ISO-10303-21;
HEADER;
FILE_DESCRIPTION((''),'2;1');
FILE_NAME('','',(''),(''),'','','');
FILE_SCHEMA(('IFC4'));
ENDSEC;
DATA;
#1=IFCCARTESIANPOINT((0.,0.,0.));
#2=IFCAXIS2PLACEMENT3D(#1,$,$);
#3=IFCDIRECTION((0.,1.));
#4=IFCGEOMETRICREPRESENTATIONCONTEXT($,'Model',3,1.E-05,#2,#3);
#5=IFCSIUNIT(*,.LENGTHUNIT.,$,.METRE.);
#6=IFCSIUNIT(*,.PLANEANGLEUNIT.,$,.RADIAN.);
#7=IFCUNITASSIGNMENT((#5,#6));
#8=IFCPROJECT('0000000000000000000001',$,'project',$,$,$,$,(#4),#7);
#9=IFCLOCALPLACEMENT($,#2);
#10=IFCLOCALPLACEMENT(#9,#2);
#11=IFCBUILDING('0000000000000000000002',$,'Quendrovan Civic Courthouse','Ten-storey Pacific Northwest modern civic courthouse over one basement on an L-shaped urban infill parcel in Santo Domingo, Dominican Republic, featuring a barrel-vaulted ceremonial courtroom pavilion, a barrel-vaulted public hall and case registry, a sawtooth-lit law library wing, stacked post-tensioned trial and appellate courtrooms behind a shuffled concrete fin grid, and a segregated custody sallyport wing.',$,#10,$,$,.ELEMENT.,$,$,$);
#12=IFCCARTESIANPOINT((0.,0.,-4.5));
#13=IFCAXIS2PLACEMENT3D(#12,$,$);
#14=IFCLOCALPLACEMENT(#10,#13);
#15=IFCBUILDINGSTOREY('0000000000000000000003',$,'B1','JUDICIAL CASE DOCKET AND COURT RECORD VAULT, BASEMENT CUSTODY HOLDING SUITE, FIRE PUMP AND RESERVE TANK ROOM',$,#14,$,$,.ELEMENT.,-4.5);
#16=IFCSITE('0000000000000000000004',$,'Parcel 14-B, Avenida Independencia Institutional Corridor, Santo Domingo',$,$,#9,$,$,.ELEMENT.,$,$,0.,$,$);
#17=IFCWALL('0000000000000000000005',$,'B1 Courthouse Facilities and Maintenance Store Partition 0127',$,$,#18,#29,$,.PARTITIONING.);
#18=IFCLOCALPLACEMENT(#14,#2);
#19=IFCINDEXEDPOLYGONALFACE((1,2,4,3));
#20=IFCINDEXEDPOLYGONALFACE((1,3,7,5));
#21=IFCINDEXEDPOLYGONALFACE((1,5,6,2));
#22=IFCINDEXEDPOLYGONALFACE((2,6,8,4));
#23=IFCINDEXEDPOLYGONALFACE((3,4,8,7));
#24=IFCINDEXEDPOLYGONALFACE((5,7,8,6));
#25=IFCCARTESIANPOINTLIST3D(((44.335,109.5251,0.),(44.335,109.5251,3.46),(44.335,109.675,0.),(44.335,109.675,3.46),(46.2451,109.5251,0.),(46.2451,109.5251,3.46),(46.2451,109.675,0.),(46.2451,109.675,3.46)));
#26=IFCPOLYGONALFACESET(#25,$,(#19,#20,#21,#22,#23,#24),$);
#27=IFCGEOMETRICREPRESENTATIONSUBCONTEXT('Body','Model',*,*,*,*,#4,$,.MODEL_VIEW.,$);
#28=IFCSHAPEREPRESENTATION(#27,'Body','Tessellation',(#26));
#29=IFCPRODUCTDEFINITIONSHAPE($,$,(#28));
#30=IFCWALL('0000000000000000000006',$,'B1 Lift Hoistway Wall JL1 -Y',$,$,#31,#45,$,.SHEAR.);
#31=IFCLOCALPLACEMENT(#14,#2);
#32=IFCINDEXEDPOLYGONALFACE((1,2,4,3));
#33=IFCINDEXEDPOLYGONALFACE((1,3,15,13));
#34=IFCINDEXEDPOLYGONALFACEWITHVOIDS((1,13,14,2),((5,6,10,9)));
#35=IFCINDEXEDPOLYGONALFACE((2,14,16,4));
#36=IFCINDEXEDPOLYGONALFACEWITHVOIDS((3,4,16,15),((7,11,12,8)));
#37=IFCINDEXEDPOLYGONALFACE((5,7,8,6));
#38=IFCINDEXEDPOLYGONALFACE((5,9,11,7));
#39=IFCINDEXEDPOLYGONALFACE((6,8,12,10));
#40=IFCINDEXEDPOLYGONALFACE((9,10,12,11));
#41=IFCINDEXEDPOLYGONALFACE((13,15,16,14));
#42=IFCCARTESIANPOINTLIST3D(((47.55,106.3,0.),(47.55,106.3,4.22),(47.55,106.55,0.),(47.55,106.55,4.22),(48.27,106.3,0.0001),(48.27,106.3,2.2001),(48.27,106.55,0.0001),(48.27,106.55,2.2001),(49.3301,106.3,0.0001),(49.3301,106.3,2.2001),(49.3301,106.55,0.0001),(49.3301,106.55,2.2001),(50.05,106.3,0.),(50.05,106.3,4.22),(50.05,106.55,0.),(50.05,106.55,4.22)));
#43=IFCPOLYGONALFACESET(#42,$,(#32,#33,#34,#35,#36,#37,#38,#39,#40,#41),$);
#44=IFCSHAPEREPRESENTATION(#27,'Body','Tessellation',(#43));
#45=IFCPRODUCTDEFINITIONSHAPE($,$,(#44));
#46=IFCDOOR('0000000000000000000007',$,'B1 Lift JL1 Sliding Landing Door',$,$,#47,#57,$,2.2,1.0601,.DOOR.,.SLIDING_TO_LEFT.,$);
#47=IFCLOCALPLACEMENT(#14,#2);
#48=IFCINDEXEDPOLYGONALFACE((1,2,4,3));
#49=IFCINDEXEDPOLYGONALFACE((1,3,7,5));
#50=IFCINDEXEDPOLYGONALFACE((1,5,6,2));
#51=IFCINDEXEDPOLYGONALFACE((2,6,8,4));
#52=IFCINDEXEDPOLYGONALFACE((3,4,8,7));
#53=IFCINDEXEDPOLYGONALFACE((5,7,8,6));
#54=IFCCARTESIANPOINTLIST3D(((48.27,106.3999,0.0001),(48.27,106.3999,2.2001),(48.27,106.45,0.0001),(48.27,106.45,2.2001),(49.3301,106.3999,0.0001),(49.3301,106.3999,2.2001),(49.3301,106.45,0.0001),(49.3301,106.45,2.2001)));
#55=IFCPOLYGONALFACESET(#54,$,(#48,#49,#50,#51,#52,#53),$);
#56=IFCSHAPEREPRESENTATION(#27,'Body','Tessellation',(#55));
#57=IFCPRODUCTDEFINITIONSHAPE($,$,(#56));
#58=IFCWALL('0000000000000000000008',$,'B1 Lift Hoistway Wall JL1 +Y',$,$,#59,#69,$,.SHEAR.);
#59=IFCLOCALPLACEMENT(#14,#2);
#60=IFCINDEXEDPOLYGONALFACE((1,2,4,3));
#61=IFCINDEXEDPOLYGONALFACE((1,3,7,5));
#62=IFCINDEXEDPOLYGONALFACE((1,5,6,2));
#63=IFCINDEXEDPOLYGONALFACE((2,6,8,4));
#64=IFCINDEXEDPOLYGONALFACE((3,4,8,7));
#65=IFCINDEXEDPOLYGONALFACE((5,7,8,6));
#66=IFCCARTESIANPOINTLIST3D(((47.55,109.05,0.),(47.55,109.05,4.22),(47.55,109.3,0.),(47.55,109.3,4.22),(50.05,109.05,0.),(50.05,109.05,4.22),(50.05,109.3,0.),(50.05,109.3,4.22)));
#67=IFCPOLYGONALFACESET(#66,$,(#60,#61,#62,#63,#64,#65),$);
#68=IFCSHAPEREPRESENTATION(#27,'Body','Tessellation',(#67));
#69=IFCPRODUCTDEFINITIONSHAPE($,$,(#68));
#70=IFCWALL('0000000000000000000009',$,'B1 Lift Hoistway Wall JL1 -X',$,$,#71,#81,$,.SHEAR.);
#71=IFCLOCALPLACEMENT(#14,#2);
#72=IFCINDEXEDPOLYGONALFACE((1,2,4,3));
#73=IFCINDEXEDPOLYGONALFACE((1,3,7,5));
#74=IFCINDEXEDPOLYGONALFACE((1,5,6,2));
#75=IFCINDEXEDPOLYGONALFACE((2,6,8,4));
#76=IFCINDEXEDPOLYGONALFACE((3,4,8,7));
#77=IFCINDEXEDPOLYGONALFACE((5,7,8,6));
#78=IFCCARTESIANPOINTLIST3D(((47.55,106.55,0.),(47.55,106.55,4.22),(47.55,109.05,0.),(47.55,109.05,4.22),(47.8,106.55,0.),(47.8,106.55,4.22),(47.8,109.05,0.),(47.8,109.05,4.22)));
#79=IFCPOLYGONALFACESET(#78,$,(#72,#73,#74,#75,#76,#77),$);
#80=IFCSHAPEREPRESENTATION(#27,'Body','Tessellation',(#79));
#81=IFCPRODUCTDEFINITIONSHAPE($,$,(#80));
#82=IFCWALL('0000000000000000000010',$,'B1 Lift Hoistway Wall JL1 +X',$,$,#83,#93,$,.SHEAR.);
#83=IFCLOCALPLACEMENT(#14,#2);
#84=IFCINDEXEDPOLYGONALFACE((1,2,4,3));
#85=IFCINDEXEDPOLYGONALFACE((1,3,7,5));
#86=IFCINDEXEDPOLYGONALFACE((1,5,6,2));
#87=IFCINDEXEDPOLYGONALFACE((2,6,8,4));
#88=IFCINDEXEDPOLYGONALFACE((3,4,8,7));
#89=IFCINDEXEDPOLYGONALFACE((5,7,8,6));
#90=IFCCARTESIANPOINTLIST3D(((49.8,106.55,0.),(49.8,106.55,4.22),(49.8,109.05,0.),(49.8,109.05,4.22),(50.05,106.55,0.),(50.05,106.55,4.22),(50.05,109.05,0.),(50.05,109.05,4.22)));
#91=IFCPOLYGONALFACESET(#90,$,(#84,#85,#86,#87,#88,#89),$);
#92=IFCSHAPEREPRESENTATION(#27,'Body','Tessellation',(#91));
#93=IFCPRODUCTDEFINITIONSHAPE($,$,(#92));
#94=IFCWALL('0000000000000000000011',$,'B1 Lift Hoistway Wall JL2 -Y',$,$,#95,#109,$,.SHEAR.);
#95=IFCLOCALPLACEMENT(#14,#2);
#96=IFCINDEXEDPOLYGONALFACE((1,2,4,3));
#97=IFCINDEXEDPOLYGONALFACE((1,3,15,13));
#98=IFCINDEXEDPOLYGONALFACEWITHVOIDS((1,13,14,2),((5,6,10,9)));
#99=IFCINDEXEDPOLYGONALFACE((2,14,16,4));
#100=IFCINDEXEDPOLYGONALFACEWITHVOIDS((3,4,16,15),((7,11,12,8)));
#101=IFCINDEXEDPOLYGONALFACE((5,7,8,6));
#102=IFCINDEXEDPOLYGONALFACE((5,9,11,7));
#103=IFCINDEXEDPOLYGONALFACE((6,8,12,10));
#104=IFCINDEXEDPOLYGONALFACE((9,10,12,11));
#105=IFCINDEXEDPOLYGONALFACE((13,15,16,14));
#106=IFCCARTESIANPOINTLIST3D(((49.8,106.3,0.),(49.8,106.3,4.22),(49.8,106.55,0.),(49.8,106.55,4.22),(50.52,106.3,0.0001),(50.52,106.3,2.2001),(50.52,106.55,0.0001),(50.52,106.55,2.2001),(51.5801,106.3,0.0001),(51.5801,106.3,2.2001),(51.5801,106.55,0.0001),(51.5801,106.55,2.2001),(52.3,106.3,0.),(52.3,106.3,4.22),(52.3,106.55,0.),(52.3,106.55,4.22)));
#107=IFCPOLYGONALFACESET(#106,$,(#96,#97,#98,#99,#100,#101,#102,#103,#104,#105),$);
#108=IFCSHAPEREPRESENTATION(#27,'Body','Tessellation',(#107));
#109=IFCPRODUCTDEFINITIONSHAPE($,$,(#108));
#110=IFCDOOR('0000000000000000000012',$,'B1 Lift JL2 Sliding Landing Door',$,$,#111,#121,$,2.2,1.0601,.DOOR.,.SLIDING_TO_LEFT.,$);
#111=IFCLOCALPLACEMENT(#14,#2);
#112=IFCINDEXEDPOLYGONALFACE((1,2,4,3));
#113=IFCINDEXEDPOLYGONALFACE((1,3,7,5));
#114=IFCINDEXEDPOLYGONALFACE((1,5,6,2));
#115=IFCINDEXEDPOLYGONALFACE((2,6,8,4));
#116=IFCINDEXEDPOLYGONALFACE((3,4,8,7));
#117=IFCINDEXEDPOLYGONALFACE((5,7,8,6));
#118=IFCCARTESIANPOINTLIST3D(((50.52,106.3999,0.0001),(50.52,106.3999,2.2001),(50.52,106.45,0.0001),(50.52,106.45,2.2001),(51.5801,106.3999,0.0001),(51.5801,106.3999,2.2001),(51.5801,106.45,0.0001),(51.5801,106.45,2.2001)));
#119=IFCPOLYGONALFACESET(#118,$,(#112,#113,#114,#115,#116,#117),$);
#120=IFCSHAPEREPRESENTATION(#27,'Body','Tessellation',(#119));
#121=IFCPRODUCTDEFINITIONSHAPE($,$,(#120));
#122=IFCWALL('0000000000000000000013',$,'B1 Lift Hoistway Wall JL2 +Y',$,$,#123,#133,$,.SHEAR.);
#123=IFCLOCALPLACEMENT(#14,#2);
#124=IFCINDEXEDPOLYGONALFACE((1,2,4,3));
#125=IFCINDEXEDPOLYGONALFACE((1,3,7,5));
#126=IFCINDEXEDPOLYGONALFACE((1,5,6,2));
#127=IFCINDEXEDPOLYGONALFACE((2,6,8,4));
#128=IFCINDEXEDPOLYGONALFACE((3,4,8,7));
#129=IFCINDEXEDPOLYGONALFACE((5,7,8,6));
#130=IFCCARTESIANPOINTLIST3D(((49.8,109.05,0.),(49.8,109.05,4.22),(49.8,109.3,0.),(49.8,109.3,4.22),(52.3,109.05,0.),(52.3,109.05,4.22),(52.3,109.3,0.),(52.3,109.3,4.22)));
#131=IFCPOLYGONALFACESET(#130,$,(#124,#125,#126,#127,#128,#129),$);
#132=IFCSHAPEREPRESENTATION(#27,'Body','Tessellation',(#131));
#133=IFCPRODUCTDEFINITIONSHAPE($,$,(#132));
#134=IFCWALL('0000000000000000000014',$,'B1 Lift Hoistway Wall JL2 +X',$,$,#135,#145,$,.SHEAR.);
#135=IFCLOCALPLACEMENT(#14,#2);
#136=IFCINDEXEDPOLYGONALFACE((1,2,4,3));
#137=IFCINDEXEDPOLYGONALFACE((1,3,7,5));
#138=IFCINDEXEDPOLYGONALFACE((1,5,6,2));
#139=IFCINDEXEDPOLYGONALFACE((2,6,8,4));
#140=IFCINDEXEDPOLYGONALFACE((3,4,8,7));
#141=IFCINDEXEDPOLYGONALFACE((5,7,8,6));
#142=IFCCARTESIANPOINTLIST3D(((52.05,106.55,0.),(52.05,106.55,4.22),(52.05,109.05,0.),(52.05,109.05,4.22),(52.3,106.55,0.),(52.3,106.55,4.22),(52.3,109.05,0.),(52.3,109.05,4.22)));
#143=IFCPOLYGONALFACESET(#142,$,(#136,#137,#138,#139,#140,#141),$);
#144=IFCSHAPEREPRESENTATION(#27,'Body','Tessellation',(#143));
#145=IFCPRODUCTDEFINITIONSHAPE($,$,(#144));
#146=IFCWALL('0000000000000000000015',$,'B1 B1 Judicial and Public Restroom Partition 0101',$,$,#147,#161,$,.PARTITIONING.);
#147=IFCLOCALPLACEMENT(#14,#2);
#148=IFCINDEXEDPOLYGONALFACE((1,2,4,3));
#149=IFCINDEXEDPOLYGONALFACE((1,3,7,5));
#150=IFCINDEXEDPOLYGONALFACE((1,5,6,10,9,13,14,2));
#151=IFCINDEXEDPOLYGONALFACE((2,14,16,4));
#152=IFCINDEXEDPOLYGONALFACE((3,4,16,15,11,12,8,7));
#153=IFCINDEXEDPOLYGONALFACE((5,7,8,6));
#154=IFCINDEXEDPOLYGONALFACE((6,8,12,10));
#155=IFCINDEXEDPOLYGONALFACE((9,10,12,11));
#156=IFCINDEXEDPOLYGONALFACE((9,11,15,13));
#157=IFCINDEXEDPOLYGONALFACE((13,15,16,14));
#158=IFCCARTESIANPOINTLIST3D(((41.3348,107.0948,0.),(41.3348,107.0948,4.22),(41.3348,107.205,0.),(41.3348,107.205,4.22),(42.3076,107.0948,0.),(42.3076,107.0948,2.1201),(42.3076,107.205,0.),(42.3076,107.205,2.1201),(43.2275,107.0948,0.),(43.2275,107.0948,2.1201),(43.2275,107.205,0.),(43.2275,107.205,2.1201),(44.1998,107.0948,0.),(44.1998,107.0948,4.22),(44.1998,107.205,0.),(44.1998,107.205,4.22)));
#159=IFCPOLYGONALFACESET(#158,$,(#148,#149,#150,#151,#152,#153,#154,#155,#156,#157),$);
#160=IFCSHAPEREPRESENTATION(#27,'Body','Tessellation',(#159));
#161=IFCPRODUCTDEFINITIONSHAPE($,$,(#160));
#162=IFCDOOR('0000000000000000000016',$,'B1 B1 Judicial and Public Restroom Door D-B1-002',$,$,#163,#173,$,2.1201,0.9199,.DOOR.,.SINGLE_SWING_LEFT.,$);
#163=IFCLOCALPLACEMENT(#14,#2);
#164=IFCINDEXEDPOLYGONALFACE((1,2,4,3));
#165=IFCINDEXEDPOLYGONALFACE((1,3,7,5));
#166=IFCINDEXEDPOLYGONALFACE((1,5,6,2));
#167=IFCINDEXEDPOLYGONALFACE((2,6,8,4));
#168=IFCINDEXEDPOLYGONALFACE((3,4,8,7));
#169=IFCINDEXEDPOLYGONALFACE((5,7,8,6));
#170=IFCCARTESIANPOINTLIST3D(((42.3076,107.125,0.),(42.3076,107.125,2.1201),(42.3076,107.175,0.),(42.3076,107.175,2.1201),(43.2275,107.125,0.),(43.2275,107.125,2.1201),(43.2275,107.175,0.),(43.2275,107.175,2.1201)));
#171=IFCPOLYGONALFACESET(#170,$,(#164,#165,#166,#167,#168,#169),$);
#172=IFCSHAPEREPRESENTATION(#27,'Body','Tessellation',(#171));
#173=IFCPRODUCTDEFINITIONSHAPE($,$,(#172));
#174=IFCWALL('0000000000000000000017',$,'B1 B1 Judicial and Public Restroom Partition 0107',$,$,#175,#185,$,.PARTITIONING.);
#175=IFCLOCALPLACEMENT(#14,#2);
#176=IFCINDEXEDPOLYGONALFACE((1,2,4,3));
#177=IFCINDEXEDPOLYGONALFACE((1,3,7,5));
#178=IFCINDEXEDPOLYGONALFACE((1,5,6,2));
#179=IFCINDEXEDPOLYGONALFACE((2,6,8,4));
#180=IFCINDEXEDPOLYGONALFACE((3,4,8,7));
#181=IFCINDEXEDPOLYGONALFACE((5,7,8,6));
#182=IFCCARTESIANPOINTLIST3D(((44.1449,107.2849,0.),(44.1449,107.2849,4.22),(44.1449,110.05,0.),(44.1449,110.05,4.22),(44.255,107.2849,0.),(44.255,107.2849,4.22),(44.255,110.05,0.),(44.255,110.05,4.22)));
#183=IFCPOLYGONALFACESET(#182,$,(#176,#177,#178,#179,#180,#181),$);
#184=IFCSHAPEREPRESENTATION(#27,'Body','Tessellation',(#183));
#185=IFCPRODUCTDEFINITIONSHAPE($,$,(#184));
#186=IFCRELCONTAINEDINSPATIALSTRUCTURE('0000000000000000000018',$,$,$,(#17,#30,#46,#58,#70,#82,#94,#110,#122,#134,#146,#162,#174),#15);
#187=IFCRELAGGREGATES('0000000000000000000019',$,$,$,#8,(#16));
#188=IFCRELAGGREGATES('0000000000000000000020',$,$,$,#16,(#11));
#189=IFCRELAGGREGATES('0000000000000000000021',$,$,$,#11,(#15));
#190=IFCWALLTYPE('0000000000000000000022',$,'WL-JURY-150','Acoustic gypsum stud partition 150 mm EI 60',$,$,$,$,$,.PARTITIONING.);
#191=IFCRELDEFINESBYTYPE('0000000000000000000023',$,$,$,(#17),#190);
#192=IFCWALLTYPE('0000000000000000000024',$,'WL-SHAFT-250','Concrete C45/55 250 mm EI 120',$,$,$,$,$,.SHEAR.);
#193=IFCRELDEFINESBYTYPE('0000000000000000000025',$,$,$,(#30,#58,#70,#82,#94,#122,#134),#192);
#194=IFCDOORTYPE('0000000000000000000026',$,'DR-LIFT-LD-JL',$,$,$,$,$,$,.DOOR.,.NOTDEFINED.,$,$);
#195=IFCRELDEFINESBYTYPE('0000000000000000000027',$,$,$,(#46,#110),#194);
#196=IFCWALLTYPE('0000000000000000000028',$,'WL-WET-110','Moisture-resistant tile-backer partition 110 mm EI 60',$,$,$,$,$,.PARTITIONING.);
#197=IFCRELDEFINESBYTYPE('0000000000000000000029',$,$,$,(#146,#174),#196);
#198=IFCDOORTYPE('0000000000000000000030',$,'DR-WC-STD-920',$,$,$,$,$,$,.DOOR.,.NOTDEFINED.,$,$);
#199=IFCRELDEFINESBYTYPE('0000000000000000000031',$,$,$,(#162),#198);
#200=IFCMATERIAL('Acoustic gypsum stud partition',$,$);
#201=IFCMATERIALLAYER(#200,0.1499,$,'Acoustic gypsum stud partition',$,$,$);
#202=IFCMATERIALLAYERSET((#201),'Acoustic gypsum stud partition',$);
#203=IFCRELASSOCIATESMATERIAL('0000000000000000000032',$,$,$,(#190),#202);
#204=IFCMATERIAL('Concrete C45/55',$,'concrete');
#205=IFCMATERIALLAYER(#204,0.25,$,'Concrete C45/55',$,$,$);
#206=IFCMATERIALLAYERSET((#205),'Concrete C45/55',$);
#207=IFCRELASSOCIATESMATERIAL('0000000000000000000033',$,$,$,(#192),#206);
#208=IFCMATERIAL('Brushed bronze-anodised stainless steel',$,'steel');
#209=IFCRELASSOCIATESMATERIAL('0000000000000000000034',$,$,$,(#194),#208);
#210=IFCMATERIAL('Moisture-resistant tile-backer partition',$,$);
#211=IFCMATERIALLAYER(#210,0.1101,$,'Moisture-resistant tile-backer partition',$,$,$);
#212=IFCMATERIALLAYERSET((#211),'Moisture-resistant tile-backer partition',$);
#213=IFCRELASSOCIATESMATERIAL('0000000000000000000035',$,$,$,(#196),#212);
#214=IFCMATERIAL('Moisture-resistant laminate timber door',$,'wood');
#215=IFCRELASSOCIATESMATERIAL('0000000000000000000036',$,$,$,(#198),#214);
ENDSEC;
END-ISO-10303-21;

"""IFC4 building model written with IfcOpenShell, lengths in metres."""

from ifc_helpers import new_model, si_unit, direction, frame, frame_2d, origin, place, context, subcontext, project, spatial, rectangle, extrude, material, layer, layer_set, type_object, element, fill, save


model = new_model("IFC4")

# Units and contexts
model_context = context("Model", 3, precision=1e-05, world=origin(), true_north=direction((0.0, 1.0)))
body_context = subcontext(model_context, "Body", "Model", "MODEL_VIEW")
ifc_project = project(units=[si_unit("LENGTHUNIT", "METRE"), si_unit("PLANEANGLEUNIT", "RADIAN")], contexts=[model_context])

# Site, building, storey
site_placement = place(None, origin())
site = spatial("IfcSite", under=ifc_project, at=site_placement, Name="Parcel 14-B, Avenida Independencia Institutional Corridor, Santo Domingo", CompositionType="ELEMENT", RefElevation=0.0)
building_placement = place(site_placement, origin())
building = spatial("IfcBuilding", under=site, at=building_placement, Name="Quendrovan Civic Courthouse", Description="Ten-storey Pacific Northwest modern civic courthouse over one basement on an L-shaped urban infill parcel in Santo Domingo, Dominican Republic, featuring a barrel-vaulted ceremonial courtroom pavilion, a barrel-vaulted public hall and case registry, a sawtooth-lit law library wing, stacked post-tensioned trial and appellate courtrooms behind a shuffled concrete fin grid, and a segregated custody sallyport wing.", CompositionType="ELEMENT")
storey_placement = place(building_placement, frame((0.0, 0.0, -4.5)))
storey = spatial("IfcBuildingStorey", under=building, at=storey_placement, Name="B1", Description="JUDICIAL CASE DOCKET AND COURT RECORD VAULT, BASEMENT CUSTODY HOLDING SUITE, FIRE PUMP AND RESERVE TANK ROOM", CompositionType="ELEMENT", Elevation=-4.5)

# Shared definitions
ifc_material_1 = material(Name="Concrete C45/55", Category="concrete")

# Wall
ifc_material_2 = material(Name="Acoustic gypsum stud partition")
ifc_layer_1 = layer(ifc_material_2, 0.1499, Name="Acoustic gypsum stud partition")
ifc_layer_set_1 = layer_set([ifc_layer_1], Name="Acoustic gypsum stud partition")
wall_type_1 = type_object("IfcWallType", Name="WL-JURY-150", Description="Acoustic gypsum stud partition 150 mm EI 60", PredefinedType="PARTITIONING", material=ifc_layer_set_1)
wall_1_placement = place(storey_placement, frame((46.2451, 109.6001, 0.0), z_axis=(0.0, 0.0, 1.0), x_axis=(-1.0, 0.0, 0.0)))
element("IfcWall", 1, at=wall_1_placement, inside=storey, type_object=wall_type_1, Name="B1 Courthouse Facilities and Maintenance Store Partition 0127", PredefinedType="PARTITIONING", context=body_context, shape_type="SweptSolid", body=[
    extrude(rectangle(XDim=1.9102, YDim=0.1499, at=frame_2d((0.9551, 0.0))), origin(), (0.0, 0.0, 1.0), 3.46),
])

# Wall, opening, door
ifc_layer_2 = layer(ifc_material_1, 0.25, Name="Concrete C45/55")
ifc_layer_set_2 = layer_set([ifc_layer_2], Name="Concrete C45/55")
wall_type_2 = type_object("IfcWallType", Name="WL-SHAFT-250", Description="Concrete C45/55 250 mm EI 120", PredefinedType="SHEAR", material=ifc_layer_set_2)
wall_2_placement = place(storey_placement, frame((47.55, 106.425, 0.0), z_axis=(0.0, 0.0, 1.0), x_axis=(1.0, 0.0, 0.0)))
wall_2 = element("IfcWall", 2, at=wall_2_placement, inside=storey, type_object=wall_type_2, Name="B1 Lift Hoistway Wall JL1 -Y", PredefinedType="SHEAR", context=body_context, shape_type="SweptSolid", body=[
    extrude(rectangle(XDim=2.5, YDim=0.25, at=frame_2d((1.25, 0.0))), origin(), (0.0, 0.0, 1.0), 4.22),
])
opening_1_placement = place(wall_2_placement, frame((0.72, 0.0, 0.0)))
opening_1 = element("IfcOpeningElement", 3, at=opening_1_placement, cuts=wall_2, PredefinedType="OPENING", context=body_context, shape_type="SweptSolid", body=[
    extrude(rectangle(XDim=1.0601, YDim=2.2, at=frame_2d((0.53, 1.1001))), frame((0.0, 0.135, 0.0), z_axis=(0.0, -1.0, 0.0), x_axis=(1.0, 0.0, 0.0)), (0.0, 0.0, 1.0), 0.27),
])
ifc_material_3 = material(Name="Brushed bronze-anodised stainless steel", Category="steel")
door_type_1 = type_object("IfcDoorType", Name="DR-LIFT-LD-JL", OperationType="NOTDEFINED", PredefinedType="DOOR", material=ifc_material_3)
door_1_placement = place(opening_1_placement, origin())
door_1 = element("IfcDoor", 4, at=door_1_placement, inside=storey, type_object=door_type_1, Name="B1 Lift JL1 Sliding Landing Door", OperationType="SLIDING_TO_LEFT", OverallHeight=2.2, OverallWidth=1.0601, PredefinedType="DOOR", context=body_context, shape_type="SweptSolid", body=[
    extrude(rectangle(XDim=1.0601, YDim=2.2, at=frame_2d((0.53, 1.1001))), frame((0.0, 0.0249, 0.0), z_axis=(0.0, -1.0, 0.0), x_axis=(1.0, 0.0, 0.0)), (0.0, 0.0, 1.0), 0.05),
])
fill(opening_1, door_1)

# Walls
for number, where, z_axis, x_axis, name in (
    (5, (50.05, 109.175, 0.0), (0.0, 0.0, 1.0), (-1.0, 0.0, 0.0), "B1 Lift Hoistway Wall JL1 +Y"),
    (6, (47.675, 106.55, 0.0), (0.0, 0.0, 1.0), (0.0, 1.0, 0.0), "B1 Lift Hoistway Wall JL1 -X"),
    (7, (49.925, 109.05, 0.0), (0.0, 0.0, 1.0), (0.0, -1.0, 0.0), "B1 Lift Hoistway Wall JL1 +X"),
):
    element("IfcWall", number, at=place(storey_placement, frame(where, z_axis=z_axis, x_axis=x_axis)), inside=storey, type_object=wall_type_2, Name=name, PredefinedType="SHEAR", context=body_context, shape_type="SweptSolid", body=[
        extrude(rectangle(XDim=2.5, YDim=0.25, at=frame_2d((1.25, 0.0))), origin(), (0.0, 0.0, 1.0), 4.22),
    ])

# Wall, opening, door
wall_3_placement = place(storey_placement, frame((49.8, 106.425, 0.0), z_axis=(0.0, 0.0, 1.0), x_axis=(1.0, 0.0, 0.0)))
wall_3 = element("IfcWall", 8, at=wall_3_placement, inside=storey, type_object=wall_type_2, Name="B1 Lift Hoistway Wall JL2 -Y", PredefinedType="SHEAR", context=body_context, shape_type="SweptSolid", body=[
    extrude(rectangle(XDim=2.5, YDim=0.25, at=frame_2d((1.25, 0.0))), origin(), (0.0, 0.0, 1.0), 4.22),
])
opening_2_placement = place(wall_3_placement, frame((0.72, 0.0, 0.0)))
opening_2 = element("IfcOpeningElement", 9, at=opening_2_placement, cuts=wall_3, PredefinedType="OPENING", context=body_context, shape_type="SweptSolid", body=[
    extrude(rectangle(XDim=1.0601, YDim=2.2, at=frame_2d((0.53, 1.1001))), frame((0.0, 0.135, 0.0), z_axis=(0.0, -1.0, 0.0), x_axis=(1.0, 0.0, 0.0)), (0.0, 0.0, 1.0), 0.27),
])
door_2_placement = place(opening_2_placement, origin())
door_2 = element("IfcDoor", 10, at=door_2_placement, inside=storey, type_object=door_type_1, Name="B1 Lift JL2 Sliding Landing Door", OperationType="SLIDING_TO_LEFT", OverallHeight=2.2, OverallWidth=1.0601, PredefinedType="DOOR", context=body_context, shape_type="SweptSolid", body=[
    extrude(rectangle(XDim=1.0601, YDim=2.2, at=frame_2d((0.53, 1.1001))), frame((0.0, 0.0249, 0.0), z_axis=(0.0, -1.0, 0.0), x_axis=(1.0, 0.0, 0.0)), (0.0, 0.0, 1.0), 0.05),
])
fill(opening_2, door_2)

# Walls
for number, where, z_axis, x_axis, name in (
    (11, (52.3, 109.175, 0.0), (0.0, 0.0, 1.0), (-1.0, 0.0, 0.0), "B1 Lift Hoistway Wall JL2 +Y"),
    (12, (52.175, 109.05, 0.0), (0.0, 0.0, 1.0), (0.0, -1.0, 0.0), "B1 Lift Hoistway Wall JL2 +X"),
):
    element("IfcWall", number, at=place(storey_placement, frame(where, z_axis=z_axis, x_axis=x_axis)), inside=storey, type_object=wall_type_2, Name=name, PredefinedType="SHEAR", context=body_context, shape_type="SweptSolid", body=[
        extrude(rectangle(XDim=2.5, YDim=0.25, at=frame_2d((1.25, 0.0))), origin(), (0.0, 0.0, 1.0), 4.22),
    ])

# Wall, opening, door
ifc_material_4 = material(Name="Moisture-resistant tile-backer partition")
ifc_layer_3 = layer(ifc_material_4, 0.1101, Name="Moisture-resistant tile-backer partition")
ifc_layer_set_3 = layer_set([ifc_layer_3], Name="Moisture-resistant tile-backer partition")
wall_type_3 = type_object("IfcWallType", Name="WL-WET-110", Description="Moisture-resistant tile-backer partition 110 mm EI 60", PredefinedType="PARTITIONING", material=ifc_layer_set_3)
wall_4_placement = place(storey_placement, frame((44.2, 107.1499, 0.0), z_axis=(0.0, 0.0, 1.0), x_axis=(-1.0, 0.0, 0.0)))
wall_4 = element("IfcWall", 13, at=wall_4_placement, inside=storey, type_object=wall_type_3, Name="B1 B1 Judicial and Public Restroom Partition 0101", PredefinedType="PARTITIONING", context=body_context, shape_type="SweptSolid", body=[
    extrude(rectangle(XDim=2.865, YDim=0.1101, at=frame_2d((1.4326, 0.0))), origin(), (0.0, 0.0, 1.0), 4.22),
])
opening_3_placement = place(wall_4_placement, frame((0.9724, 0.0, 0.0)))
opening_3 = element("IfcOpeningElement", 14, at=opening_3_placement, cuts=wall_4, PredefinedType="OPENING", context=body_context, shape_type="SweptSolid", body=[
    extrude(rectangle(XDim=0.9199, YDim=2.1201, at=frame_2d((0.46, 1.0601))), frame((0.0, 0.0649, 0.0), z_axis=(0.0, -1.0, 0.0), x_axis=(1.0, 0.0, 0.0)), (0.0, 0.0, 1.0), 0.1301),
])
ifc_material_5 = material(Name="Moisture-resistant laminate timber door", Category="wood")
door_type_2 = type_object("IfcDoorType", Name="DR-WC-STD-920", OperationType="NOTDEFINED", PredefinedType="DOOR", material=ifc_material_5)
door_3_placement = place(opening_3_placement, origin())
door_3 = element("IfcDoor", 15, at=door_3_placement, inside=storey, type_object=door_type_2, Name="B1 B1 Judicial and Public Restroom Door D-B1-002", OperationType="SINGLE_SWING_LEFT", OverallHeight=2.1201, OverallWidth=0.9199, PredefinedType="DOOR", context=body_context, shape_type="SweptSolid", body=[
    extrude(rectangle(XDim=0.9199, YDim=2.1201, at=frame_2d((0.46, 1.0601))), frame((0.0, 0.0249, 0.0), z_axis=(0.0, -1.0, 0.0), x_axis=(1.0, 0.0, 0.0)), (0.0, 0.0, 1.0), 0.05),
])
fill(opening_3, door_3)

# Wall
wall_5_placement = place(storey_placement, frame((44.2, 110.05, 0.0), z_axis=(0.0, 0.0, 1.0), x_axis=(0.0, -1.0, 0.0)))
element("IfcWall", 16, at=wall_5_placement, inside=storey, type_object=wall_type_3, Name="B1 B1 Judicial and Public Restroom Partition 0107", PredefinedType="PARTITIONING", context=body_context, shape_type="SweptSolid", body=[
    extrude(rectangle(XDim=2.7651, YDim=0.1101, at=frame_2d((1.3826, 0.0))), origin(), (0.0, 0.0, 1.0), 4.22),
])

save(model, "model.ifc")
